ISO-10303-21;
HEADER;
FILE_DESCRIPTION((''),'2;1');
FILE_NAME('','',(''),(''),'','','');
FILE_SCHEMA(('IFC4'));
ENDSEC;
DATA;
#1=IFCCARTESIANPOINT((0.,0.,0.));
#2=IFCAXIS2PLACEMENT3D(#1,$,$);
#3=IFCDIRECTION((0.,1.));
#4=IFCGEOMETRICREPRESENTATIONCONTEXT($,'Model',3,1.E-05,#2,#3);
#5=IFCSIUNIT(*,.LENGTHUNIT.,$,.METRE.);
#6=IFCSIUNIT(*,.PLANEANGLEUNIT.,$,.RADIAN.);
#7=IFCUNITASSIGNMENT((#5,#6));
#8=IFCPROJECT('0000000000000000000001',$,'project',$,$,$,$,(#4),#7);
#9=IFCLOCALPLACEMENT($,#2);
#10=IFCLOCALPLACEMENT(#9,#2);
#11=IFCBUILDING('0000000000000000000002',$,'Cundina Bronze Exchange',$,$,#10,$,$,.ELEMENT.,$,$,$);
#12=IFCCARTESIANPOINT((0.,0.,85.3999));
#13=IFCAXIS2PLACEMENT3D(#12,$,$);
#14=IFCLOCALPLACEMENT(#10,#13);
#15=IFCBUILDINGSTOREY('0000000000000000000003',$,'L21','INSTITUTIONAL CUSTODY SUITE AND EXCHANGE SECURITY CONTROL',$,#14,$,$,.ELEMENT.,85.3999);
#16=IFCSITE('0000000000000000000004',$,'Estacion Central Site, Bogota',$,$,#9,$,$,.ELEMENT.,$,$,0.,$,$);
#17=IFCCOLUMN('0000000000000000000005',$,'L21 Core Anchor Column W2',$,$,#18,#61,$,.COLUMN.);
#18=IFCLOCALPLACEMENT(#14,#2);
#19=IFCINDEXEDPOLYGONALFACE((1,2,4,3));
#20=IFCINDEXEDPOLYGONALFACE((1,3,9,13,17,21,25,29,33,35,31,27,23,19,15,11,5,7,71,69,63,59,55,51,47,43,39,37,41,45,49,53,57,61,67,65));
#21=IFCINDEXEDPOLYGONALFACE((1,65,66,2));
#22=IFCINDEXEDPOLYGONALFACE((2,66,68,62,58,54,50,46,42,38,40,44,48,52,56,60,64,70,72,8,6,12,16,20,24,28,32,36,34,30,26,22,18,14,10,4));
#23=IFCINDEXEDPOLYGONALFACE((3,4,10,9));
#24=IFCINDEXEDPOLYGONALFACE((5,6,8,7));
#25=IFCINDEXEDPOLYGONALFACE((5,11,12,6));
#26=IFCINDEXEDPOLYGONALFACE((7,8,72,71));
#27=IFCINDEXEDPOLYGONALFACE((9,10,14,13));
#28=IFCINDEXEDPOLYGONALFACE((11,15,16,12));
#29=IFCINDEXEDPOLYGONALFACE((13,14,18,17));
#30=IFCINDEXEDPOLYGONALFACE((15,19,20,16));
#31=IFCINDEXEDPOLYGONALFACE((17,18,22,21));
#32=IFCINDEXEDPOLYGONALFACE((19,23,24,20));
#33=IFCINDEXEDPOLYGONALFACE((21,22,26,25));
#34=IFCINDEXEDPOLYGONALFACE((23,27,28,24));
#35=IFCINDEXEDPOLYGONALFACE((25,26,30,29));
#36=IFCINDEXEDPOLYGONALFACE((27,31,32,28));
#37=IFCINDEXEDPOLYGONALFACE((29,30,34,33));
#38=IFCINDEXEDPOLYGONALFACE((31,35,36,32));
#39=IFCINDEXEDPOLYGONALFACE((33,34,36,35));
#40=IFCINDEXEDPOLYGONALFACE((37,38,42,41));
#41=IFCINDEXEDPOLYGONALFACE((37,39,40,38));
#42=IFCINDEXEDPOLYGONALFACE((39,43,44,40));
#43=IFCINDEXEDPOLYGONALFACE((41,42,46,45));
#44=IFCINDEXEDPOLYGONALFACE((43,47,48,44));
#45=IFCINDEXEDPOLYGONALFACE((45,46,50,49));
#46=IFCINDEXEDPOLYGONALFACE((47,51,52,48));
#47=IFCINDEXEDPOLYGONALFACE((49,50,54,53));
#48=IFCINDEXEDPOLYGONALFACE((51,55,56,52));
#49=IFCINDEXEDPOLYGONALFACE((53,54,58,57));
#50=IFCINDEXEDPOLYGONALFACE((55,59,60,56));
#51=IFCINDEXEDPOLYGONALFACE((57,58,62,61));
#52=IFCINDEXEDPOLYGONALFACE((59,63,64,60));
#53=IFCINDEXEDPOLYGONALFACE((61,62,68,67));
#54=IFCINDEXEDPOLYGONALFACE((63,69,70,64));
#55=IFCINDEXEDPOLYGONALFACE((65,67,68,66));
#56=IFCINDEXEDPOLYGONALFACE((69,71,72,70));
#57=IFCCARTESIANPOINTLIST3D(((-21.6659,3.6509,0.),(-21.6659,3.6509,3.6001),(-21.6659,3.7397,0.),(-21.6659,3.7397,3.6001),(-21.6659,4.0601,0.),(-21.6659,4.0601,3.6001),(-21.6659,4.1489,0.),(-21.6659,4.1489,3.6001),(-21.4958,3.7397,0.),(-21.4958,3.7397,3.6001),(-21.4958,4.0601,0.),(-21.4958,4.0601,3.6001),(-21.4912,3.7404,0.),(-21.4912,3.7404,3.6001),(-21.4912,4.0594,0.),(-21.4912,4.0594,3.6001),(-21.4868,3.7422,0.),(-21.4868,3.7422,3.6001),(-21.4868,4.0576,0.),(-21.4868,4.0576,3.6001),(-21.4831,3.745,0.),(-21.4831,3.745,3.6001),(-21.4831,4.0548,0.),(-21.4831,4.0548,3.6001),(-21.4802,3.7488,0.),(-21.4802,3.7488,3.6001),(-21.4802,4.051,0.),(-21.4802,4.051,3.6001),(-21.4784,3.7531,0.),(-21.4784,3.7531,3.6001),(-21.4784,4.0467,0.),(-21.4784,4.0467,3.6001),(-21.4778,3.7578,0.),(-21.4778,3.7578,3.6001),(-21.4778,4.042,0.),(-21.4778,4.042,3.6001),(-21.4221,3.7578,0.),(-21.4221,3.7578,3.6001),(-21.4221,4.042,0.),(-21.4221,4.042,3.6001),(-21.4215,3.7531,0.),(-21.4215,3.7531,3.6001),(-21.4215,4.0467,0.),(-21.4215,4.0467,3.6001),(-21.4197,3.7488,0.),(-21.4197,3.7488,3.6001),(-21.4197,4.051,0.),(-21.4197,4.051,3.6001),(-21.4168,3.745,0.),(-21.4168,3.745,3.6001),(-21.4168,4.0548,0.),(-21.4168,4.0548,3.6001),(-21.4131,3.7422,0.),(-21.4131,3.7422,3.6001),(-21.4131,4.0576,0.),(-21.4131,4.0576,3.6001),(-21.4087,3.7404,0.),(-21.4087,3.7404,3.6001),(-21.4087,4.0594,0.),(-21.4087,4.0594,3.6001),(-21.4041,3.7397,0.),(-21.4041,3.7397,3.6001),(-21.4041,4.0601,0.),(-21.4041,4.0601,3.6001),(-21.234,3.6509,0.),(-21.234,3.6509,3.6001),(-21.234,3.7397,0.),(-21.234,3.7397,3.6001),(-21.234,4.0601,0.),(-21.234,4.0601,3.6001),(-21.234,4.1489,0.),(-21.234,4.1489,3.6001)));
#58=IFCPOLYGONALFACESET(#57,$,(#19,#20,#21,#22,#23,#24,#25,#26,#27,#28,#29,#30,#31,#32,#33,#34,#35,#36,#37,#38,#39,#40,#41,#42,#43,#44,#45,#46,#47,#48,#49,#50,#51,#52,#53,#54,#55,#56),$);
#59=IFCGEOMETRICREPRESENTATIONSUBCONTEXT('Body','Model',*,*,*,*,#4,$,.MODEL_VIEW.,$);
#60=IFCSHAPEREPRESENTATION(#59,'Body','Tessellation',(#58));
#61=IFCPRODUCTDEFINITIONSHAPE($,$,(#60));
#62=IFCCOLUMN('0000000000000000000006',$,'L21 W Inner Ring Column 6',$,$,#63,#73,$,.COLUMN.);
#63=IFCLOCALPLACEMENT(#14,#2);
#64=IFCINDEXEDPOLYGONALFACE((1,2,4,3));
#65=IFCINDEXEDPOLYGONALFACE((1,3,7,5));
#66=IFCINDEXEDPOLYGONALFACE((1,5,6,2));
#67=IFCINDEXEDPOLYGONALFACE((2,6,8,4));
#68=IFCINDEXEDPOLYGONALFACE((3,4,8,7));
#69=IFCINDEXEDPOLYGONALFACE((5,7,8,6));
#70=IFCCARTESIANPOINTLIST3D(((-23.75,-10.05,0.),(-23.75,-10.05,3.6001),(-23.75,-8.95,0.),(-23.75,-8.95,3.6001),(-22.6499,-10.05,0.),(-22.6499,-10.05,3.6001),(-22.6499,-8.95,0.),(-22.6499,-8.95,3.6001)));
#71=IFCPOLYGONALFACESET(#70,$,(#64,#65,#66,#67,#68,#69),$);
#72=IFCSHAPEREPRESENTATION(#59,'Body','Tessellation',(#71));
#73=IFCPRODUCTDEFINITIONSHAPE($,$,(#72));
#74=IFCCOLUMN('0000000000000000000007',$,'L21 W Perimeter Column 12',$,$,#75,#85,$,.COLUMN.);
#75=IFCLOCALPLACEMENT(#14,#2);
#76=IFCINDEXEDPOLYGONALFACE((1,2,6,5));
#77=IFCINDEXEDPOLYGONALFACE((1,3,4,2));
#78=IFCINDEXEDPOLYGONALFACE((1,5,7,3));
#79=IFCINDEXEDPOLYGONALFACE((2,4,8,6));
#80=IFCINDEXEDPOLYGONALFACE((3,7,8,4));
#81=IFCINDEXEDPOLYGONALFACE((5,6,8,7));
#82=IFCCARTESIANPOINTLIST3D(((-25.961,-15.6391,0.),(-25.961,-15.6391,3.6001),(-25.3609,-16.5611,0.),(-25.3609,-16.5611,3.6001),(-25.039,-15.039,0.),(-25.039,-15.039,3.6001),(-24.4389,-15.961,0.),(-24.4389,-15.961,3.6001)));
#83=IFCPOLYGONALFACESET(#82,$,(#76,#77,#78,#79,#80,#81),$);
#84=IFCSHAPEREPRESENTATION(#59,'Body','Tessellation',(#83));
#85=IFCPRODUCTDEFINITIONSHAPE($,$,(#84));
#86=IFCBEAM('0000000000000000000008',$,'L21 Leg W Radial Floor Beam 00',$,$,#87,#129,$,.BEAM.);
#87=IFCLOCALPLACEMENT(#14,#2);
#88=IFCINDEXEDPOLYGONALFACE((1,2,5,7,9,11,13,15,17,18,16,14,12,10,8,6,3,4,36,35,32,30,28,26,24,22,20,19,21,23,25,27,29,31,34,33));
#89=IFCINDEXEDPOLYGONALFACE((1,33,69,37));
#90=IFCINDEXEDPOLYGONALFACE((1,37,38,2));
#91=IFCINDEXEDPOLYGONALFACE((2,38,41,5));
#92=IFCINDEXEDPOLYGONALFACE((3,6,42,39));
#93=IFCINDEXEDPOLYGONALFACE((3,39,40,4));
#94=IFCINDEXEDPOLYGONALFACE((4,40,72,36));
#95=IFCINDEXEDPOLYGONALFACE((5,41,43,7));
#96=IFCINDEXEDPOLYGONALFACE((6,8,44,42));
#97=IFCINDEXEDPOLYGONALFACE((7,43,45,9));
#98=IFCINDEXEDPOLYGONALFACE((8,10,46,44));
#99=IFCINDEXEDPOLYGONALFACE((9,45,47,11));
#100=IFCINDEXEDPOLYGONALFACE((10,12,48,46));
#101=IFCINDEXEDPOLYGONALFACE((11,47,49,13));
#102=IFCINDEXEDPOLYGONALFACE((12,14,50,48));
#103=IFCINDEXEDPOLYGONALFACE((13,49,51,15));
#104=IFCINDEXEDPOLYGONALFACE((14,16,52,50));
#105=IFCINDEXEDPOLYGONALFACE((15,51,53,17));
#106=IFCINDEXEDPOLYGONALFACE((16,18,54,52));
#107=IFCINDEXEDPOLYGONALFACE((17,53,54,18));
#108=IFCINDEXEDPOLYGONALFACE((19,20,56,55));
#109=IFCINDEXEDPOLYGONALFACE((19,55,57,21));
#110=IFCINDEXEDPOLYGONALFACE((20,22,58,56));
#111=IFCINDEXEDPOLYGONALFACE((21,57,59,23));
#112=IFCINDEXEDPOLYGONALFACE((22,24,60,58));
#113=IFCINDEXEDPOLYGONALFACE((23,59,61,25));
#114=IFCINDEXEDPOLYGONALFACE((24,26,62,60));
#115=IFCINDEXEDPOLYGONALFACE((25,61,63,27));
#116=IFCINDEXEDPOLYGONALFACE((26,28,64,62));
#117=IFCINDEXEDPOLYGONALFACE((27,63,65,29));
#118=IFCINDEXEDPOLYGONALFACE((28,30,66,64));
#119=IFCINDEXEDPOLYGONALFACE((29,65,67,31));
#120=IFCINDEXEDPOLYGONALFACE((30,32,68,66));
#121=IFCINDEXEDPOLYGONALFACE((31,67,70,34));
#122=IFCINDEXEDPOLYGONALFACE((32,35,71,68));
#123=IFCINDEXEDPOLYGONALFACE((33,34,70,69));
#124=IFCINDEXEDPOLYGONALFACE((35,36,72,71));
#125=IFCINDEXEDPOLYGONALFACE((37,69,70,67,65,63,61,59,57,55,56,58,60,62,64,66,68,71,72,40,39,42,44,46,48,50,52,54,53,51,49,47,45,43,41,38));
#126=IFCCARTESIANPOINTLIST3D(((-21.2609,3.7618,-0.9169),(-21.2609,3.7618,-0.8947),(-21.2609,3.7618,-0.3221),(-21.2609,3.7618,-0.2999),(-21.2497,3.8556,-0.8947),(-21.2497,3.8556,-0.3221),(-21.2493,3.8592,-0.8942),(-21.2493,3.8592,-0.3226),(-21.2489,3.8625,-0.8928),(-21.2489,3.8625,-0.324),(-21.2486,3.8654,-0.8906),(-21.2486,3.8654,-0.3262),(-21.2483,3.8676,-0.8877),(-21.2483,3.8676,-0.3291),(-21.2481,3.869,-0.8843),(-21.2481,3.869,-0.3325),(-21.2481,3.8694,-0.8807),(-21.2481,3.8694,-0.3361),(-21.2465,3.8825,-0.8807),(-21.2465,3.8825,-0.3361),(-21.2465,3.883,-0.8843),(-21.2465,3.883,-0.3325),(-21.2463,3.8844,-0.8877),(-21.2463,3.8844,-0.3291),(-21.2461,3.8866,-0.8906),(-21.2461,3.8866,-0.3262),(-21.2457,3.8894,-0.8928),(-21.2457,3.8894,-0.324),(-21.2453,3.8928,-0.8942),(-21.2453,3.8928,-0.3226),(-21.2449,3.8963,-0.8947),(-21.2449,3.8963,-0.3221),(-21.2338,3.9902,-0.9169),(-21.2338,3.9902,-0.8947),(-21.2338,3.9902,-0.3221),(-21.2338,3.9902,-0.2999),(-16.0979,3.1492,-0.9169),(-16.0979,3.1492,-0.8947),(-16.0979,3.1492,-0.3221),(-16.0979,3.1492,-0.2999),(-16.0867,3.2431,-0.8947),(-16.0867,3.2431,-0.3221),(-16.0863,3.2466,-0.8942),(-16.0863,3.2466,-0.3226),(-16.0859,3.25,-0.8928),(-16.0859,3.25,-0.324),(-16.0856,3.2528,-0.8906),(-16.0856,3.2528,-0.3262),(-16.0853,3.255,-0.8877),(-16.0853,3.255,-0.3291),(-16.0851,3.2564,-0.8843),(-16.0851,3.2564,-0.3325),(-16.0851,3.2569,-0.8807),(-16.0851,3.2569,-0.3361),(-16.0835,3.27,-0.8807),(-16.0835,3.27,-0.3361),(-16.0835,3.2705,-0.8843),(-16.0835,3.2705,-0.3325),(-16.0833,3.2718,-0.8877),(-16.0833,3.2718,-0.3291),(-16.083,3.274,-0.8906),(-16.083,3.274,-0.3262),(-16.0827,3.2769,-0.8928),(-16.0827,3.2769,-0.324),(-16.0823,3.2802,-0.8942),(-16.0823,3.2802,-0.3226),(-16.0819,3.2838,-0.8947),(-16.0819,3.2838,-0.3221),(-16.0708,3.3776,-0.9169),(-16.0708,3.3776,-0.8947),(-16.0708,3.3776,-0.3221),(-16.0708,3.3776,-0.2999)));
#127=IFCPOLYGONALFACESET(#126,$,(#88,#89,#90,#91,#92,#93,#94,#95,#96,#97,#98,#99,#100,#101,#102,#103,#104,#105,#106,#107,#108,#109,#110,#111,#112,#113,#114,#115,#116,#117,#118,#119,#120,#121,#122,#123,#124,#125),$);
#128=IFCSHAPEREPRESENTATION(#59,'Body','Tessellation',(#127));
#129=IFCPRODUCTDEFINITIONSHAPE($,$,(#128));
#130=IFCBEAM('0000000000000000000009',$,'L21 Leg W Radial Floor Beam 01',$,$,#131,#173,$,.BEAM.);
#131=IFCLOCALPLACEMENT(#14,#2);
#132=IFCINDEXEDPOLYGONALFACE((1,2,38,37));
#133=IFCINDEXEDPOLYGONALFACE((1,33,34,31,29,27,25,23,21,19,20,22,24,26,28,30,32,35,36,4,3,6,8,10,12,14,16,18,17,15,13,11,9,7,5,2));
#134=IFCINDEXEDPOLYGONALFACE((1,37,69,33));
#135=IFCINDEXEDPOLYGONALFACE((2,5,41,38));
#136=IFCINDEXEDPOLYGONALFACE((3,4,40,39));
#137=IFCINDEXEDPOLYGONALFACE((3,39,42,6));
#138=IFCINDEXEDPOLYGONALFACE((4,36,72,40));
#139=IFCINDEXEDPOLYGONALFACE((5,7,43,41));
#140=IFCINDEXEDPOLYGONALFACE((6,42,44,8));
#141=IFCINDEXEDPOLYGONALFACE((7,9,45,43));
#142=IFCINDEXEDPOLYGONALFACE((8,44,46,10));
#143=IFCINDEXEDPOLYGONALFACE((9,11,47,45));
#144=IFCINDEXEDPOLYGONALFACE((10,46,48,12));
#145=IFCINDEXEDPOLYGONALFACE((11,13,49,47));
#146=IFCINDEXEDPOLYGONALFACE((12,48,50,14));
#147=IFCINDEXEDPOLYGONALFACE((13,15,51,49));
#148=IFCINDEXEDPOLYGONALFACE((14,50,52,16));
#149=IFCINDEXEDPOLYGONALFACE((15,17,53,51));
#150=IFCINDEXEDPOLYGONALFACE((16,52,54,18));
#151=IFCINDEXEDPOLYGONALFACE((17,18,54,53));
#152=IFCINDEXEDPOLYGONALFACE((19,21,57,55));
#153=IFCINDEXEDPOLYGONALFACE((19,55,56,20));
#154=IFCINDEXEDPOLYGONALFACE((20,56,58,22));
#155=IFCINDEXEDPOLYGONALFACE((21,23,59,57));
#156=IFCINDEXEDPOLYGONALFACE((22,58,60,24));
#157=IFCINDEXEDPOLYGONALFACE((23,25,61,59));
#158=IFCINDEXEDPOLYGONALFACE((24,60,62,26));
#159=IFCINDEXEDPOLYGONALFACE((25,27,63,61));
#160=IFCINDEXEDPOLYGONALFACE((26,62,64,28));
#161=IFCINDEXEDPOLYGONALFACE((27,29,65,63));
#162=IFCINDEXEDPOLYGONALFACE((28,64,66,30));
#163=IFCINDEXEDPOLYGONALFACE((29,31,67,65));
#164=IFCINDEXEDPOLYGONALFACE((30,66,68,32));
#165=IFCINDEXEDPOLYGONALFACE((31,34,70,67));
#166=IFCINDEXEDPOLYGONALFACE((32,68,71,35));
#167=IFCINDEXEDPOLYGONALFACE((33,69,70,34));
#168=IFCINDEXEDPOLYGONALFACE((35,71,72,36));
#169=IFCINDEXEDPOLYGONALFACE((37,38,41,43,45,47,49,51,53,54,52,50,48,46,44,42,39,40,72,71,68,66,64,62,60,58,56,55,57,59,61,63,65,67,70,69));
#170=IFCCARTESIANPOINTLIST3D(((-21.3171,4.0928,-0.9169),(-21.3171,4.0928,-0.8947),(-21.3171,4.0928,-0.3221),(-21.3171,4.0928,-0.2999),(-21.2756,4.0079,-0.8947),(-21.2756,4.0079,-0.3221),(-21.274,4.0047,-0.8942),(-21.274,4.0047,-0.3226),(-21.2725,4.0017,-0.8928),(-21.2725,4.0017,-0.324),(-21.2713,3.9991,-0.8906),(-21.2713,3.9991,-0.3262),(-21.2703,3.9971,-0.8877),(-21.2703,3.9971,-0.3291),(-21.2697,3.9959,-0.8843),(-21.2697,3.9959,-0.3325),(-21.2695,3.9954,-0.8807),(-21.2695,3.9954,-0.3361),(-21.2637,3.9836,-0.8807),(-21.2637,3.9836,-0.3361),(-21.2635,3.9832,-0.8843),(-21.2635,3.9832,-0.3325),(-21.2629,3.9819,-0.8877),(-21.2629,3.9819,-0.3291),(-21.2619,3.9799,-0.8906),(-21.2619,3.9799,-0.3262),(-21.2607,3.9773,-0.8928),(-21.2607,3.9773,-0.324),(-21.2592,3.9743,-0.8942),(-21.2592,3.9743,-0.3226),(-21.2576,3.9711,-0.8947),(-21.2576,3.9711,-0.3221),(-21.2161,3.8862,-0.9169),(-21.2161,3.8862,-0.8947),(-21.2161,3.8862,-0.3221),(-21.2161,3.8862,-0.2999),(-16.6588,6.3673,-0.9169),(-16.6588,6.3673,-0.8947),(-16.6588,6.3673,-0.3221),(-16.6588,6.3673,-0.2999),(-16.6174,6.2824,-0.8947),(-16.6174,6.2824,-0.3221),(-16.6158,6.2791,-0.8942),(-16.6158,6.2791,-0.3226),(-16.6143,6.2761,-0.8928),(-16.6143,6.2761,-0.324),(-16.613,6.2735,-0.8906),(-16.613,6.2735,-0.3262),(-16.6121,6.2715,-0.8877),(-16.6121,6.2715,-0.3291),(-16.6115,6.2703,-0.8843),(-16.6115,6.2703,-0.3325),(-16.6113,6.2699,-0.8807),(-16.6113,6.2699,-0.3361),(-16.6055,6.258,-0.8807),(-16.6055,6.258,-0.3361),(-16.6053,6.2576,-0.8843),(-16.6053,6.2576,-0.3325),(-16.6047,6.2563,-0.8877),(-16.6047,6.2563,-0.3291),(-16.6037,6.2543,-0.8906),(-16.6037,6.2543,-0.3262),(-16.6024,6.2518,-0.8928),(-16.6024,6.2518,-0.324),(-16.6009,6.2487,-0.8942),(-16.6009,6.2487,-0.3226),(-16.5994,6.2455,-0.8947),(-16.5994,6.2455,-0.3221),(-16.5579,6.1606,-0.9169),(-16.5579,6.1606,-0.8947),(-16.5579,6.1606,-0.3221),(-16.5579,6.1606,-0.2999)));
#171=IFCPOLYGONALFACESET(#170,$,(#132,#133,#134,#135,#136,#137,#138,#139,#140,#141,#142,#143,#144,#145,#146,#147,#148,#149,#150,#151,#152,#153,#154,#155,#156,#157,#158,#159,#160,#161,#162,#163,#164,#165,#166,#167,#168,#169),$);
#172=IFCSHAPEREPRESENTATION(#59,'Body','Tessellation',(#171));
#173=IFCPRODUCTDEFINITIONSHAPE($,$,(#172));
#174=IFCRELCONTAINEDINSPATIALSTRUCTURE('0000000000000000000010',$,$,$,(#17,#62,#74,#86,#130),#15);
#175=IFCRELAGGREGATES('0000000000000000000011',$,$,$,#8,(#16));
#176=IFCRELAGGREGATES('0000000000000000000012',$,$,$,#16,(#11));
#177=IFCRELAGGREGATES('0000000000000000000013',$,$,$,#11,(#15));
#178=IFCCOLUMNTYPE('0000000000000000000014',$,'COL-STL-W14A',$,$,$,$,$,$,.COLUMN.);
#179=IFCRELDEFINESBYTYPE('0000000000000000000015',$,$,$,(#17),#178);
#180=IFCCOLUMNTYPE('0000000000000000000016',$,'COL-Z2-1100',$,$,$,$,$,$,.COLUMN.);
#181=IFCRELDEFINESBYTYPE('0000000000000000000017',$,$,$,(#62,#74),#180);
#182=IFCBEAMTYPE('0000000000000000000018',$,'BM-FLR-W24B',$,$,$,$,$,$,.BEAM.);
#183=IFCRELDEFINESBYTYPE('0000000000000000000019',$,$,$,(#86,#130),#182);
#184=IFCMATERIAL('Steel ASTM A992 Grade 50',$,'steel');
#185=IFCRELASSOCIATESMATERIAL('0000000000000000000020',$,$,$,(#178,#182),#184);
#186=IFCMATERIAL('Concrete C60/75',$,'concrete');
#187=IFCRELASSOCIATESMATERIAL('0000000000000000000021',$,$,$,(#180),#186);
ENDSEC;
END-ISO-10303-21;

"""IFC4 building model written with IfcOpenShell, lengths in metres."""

from ifc_helpers import new_model, si_unit, direction, frame, origin, origin_2d, place, context, subcontext, project, spatial, rectangle, i_section, extrude, material, material_profile, profile_set, type_object, element, save


model = new_model("IFC4")

# Units and contexts
model_context = context("Model", 3, precision=1e-05, world=origin(), true_north=direction((0.0, 1.0)))
body_context = subcontext(model_context, "Body", "Model", "MODEL_VIEW")
ifc_project = project(units=[si_unit("LENGTHUNIT", "METRE"), si_unit("PLANEANGLEUNIT", "RADIAN")], contexts=[model_context])

# Site, building, storey
site_placement = place(None, origin())
site = spatial("IfcSite", under=ifc_project, at=site_placement, Name="Estacion Central Site, Bogota", CompositionType="ELEMENT", RefElevation=0.0)
building_placement = place(site_placement, origin())
building = spatial("IfcBuilding", under=site, at=building_placement, Name="Cundina Bronze Exchange", CompositionType="ELEMENT")
storey_placement = place(building_placement, frame((0.0, 0.0, 85.3999)))
storey = spatial("IfcBuildingStorey", under=building, at=storey_placement, Name="L21", Description="INSTITUTIONAL CUSTODY SUITE AND EXCHANGE SECURITY CONTROL", CompositionType="ELEMENT", Elevation=85.3999)

# Columns
ifc_material_1 = material(Name="Steel ASTM A992 Grade 50", Category="steel")
ifc_material_profile_1 = material_profile(ifc_material_1, i_section(OverallWidth=0.4319, OverallDepth=0.498, WebThickness=0.0557, FlangeThickness=0.0889, FilletRadius=0.0181, at=origin_2d()), Name="W14X500", Category="steel")
ifc_profile_set_1 = profile_set([ifc_material_profile_1], Name="Steel ASTM A992 Grade 50")
column_type_1 = type_object("IfcColumnType", Name="COL-STL-W14A", PredefinedType="COLUMN", material=ifc_profile_set_1)
column_placement = place(storey_placement, frame((-21.45, 3.8999, 0.0), z_axis=(0.0, 0.0, 1.0), x_axis=(1.0, 0.0, 0.0)))
element("IfcColumn", 1, at=column_placement, inside=storey, type_object=column_type_1, Name="L21 Core Anchor Column W2", PredefinedType="COLUMN", context=body_context, shape_type="SweptSolid", body=[
    extrude(i_section(OverallWidth=0.4319, OverallDepth=0.498, WebThickness=0.0557, FlangeThickness=0.0889, FilletRadius=0.0181, at=origin_2d()), origin(), (0.0, 0.0, 1.0), 3.6001),
])
ifc_material_2 = material(Name="Concrete C60/75", Category="concrete")
ifc_material_profile_2 = material_profile(ifc_material_2, rectangle(XDim=1.1001, YDim=1.1001, at=origin_2d()), Name="RC1100X1100", Category="concrete")
ifc_profile_set_2 = profile_set([ifc_material_profile_2], Name="Concrete C60/75")
column_type_2 = type_object("IfcColumnType", Name="COL-Z2-1100", PredefinedType="COLUMN", material=ifc_profile_set_2)
for number, where, z_axis, x_axis, name in (
    (2, (-23.2, -9.5, 0.0), (0.0, 0.0, 1.0), (1.0, 0.0, 0.0), "L21 W Inner Ring Column 6"),
    (3, (-25.2, -15.8, 0.0), (0.0, 0.0, 1.0), (0.8381, 0.545517, 0.0), "L21 W Perimeter Column 12"),
):
    element("IfcColumn", number, at=place(storey_placement, frame(where, z_axis=z_axis, x_axis=x_axis)), inside=storey, type_object=column_type_2, Name=name, PredefinedType="COLUMN", context=body_context, shape_type="SweptSolid", body=[
        extrude(rectangle(XDim=1.1001, YDim=1.1001, at=origin_2d()), origin(), (0.0, 0.0, 1.0), 3.6001),
    ])

# Beams
ifc_material_profile_3 = material_profile(ifc_material_1, i_section(OverallWidth=0.23, OverallDepth=0.6169, WebThickness=0.0132, FlangeThickness=0.0222, FilletRadius=0.0139, at=origin_2d()), Name="W24X94", Category="steel")
ifc_profile_set_3 = profile_set([ifc_material_profile_3], Name="Steel ASTM A992 Grade 50")
beam_type_1 = type_object("IfcBeamType", Name="BM-FLR-W24B", PredefinedType="BEAM", material=ifc_profile_set_3)
beam_1_placement = place(storey_placement, frame((-21.2473, 3.876, -0.6084), z_axis=(0.993036, -0.117814, 0.0), x_axis=(0.117814, 0.993036, 0.0)))
element("IfcBeam", 4, at=beam_1_placement, inside=storey, type_object=beam_type_1, Name="L21 Leg W Radial Floor Beam 00", PredefinedType="BEAM", context=body_context, shape_type="SweptSolid", body=[
    extrude(i_section(OverallWidth=0.23, OverallDepth=0.6169, WebThickness=0.0132, FlangeThickness=0.0222, FilletRadius=0.0139, at=origin_2d()), origin(), (0.0, 0.0, 1.0), 5.1992),
])
beam_2_placement = place(storey_placement, frame((-21.2666, 3.9895, -0.6084), z_axis=(0.898607, 0.438754, 0.0), x_axis=(-0.438754, 0.898607, 0.0)))
element("IfcBeam", 5, at=beam_2_placement, inside=storey, type_object=beam_type_1, Name="L21 Leg W Radial Floor Beam 01", PredefinedType="BEAM", context=body_context, shape_type="SweptSolid", body=[
    extrude(i_section(OverallWidth=0.23, OverallDepth=0.6169, WebThickness=0.0132, FlangeThickness=0.0222, FilletRadius=0.0139, at=origin_2d()), origin(), (0.0, 0.0, 1.0), 5.1838),
])

save(model, "model.ifc")
